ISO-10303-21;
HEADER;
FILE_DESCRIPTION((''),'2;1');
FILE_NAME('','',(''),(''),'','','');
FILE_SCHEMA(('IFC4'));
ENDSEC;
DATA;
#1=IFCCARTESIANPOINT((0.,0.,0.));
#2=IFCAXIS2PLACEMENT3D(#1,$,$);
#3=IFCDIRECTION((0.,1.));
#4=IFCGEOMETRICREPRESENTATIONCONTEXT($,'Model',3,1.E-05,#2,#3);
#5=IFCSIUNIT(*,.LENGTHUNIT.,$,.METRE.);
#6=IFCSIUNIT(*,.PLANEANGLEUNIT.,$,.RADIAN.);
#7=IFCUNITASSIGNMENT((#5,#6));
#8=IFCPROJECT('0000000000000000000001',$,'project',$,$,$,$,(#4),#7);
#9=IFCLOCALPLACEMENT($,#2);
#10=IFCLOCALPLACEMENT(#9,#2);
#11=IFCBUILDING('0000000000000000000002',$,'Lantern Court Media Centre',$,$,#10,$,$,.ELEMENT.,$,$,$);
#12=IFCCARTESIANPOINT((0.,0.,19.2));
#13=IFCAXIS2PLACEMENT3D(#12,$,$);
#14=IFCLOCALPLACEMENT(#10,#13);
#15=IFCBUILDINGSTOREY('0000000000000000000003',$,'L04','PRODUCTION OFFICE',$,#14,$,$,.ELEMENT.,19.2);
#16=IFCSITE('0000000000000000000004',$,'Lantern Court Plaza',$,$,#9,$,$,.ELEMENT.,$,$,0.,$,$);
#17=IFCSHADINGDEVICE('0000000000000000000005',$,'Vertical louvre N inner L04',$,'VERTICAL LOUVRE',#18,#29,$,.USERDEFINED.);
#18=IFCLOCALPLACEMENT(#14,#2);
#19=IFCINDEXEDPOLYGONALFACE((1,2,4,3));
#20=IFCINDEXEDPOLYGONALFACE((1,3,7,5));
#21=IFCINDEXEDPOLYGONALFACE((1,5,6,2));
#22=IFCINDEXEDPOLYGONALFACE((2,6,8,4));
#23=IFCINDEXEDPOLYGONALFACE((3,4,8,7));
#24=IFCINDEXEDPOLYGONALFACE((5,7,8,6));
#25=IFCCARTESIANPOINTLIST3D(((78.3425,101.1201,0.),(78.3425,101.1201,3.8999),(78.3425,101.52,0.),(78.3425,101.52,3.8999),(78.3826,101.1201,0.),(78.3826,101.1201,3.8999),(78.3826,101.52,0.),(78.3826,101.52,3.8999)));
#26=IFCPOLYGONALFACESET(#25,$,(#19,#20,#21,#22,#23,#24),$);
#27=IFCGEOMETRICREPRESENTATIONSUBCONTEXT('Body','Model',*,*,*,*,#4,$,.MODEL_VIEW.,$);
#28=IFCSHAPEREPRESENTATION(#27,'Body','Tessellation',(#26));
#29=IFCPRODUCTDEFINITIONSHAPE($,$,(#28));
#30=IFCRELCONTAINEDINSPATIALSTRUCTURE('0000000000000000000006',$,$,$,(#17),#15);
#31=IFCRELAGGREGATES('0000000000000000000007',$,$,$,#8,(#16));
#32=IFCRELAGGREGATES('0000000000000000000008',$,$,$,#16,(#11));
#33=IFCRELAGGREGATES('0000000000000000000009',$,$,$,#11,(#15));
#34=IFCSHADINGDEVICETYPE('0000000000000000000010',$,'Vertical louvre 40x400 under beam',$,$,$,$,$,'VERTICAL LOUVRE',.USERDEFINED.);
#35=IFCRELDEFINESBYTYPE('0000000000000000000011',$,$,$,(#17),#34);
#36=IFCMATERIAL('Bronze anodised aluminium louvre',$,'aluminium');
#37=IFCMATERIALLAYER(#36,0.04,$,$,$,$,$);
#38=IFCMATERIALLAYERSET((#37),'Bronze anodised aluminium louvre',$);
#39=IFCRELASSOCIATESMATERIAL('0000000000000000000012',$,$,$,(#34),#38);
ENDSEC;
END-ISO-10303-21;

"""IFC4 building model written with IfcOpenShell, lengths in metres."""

from ifc_helpers import new_model, si_unit, direction, frame, origin, origin_2d, place, context, subcontext, project, spatial, rectangle, extrude, material, layer, layer_set, type_object, element, save


model = new_model("IFC4")

# Units and contexts
model_context = context("Model", 3, precision=1e-05, world=origin(), true_north=direction((0.0, 1.0)))
body_context = subcontext(model_context, "Body", "Model", "MODEL_VIEW")
ifc_project = project(units=[si_unit("LENGTHUNIT", "METRE"), si_unit("PLANEANGLEUNIT", "RADIAN")], contexts=[model_context])

# Site, building, storey
site_placement = place(None, origin())
site = spatial("IfcSite", under=ifc_project, at=site_placement, Name="Lantern Court Plaza", CompositionType="ELEMENT", RefElevation=0.0)
building_placement = place(site_placement, origin())
building = spatial("IfcBuilding", under=site, at=building_placement, Name="Lantern Court Media Centre", CompositionType="ELEMENT")
storey_placement = place(building_placement, frame((0.0, 0.0, 19.2)))
storey = spatial("IfcBuildingStorey", under=building, at=storey_placement, Name="L04", Description="PRODUCTION OFFICE", CompositionType="ELEMENT", Elevation=19.2)

# Shading device
ifc_material_1 = material(Name="Bronze anodised aluminium louvre", Category="aluminium")
ifc_layer_1 = layer(ifc_material_1, 0.04)
ifc_layer_set_1 = layer_set([ifc_layer_1], Name="Bronze anodised aluminium louvre")
shading_device_type_1 = type_object("IfcShadingDeviceType", Name="Vertical louvre 40x400 under beam", ElementType="VERTICAL LOUVRE", PredefinedType="USERDEFINED", material=ifc_layer_set_1)
for number, where, z_axis, x_axis, name in (
    (1, (78.3625, 101.3201, 0.0), (0.0, 0.0, 1.0), (1.0, 0.0, 0.0), "Vertical louvre N inner L04"),
):
    element("IfcShadingDevice", number, at=place(storey_placement, frame(where, z_axis=z_axis, x_axis=x_axis)), inside=storey, type_object=shading_device_type_1, Name=name, ObjectType="VERTICAL LOUVRE", PredefinedType="USERDEFINED", context=body_context, shape_type="SweptSolid", body=[
        extrude(rectangle(XDim=0.04, YDim=0.3999, at=origin_2d()), origin(), (0.0, 0.0, 1.0), 3.8999),
    ])

save(model, "model.ifc")
